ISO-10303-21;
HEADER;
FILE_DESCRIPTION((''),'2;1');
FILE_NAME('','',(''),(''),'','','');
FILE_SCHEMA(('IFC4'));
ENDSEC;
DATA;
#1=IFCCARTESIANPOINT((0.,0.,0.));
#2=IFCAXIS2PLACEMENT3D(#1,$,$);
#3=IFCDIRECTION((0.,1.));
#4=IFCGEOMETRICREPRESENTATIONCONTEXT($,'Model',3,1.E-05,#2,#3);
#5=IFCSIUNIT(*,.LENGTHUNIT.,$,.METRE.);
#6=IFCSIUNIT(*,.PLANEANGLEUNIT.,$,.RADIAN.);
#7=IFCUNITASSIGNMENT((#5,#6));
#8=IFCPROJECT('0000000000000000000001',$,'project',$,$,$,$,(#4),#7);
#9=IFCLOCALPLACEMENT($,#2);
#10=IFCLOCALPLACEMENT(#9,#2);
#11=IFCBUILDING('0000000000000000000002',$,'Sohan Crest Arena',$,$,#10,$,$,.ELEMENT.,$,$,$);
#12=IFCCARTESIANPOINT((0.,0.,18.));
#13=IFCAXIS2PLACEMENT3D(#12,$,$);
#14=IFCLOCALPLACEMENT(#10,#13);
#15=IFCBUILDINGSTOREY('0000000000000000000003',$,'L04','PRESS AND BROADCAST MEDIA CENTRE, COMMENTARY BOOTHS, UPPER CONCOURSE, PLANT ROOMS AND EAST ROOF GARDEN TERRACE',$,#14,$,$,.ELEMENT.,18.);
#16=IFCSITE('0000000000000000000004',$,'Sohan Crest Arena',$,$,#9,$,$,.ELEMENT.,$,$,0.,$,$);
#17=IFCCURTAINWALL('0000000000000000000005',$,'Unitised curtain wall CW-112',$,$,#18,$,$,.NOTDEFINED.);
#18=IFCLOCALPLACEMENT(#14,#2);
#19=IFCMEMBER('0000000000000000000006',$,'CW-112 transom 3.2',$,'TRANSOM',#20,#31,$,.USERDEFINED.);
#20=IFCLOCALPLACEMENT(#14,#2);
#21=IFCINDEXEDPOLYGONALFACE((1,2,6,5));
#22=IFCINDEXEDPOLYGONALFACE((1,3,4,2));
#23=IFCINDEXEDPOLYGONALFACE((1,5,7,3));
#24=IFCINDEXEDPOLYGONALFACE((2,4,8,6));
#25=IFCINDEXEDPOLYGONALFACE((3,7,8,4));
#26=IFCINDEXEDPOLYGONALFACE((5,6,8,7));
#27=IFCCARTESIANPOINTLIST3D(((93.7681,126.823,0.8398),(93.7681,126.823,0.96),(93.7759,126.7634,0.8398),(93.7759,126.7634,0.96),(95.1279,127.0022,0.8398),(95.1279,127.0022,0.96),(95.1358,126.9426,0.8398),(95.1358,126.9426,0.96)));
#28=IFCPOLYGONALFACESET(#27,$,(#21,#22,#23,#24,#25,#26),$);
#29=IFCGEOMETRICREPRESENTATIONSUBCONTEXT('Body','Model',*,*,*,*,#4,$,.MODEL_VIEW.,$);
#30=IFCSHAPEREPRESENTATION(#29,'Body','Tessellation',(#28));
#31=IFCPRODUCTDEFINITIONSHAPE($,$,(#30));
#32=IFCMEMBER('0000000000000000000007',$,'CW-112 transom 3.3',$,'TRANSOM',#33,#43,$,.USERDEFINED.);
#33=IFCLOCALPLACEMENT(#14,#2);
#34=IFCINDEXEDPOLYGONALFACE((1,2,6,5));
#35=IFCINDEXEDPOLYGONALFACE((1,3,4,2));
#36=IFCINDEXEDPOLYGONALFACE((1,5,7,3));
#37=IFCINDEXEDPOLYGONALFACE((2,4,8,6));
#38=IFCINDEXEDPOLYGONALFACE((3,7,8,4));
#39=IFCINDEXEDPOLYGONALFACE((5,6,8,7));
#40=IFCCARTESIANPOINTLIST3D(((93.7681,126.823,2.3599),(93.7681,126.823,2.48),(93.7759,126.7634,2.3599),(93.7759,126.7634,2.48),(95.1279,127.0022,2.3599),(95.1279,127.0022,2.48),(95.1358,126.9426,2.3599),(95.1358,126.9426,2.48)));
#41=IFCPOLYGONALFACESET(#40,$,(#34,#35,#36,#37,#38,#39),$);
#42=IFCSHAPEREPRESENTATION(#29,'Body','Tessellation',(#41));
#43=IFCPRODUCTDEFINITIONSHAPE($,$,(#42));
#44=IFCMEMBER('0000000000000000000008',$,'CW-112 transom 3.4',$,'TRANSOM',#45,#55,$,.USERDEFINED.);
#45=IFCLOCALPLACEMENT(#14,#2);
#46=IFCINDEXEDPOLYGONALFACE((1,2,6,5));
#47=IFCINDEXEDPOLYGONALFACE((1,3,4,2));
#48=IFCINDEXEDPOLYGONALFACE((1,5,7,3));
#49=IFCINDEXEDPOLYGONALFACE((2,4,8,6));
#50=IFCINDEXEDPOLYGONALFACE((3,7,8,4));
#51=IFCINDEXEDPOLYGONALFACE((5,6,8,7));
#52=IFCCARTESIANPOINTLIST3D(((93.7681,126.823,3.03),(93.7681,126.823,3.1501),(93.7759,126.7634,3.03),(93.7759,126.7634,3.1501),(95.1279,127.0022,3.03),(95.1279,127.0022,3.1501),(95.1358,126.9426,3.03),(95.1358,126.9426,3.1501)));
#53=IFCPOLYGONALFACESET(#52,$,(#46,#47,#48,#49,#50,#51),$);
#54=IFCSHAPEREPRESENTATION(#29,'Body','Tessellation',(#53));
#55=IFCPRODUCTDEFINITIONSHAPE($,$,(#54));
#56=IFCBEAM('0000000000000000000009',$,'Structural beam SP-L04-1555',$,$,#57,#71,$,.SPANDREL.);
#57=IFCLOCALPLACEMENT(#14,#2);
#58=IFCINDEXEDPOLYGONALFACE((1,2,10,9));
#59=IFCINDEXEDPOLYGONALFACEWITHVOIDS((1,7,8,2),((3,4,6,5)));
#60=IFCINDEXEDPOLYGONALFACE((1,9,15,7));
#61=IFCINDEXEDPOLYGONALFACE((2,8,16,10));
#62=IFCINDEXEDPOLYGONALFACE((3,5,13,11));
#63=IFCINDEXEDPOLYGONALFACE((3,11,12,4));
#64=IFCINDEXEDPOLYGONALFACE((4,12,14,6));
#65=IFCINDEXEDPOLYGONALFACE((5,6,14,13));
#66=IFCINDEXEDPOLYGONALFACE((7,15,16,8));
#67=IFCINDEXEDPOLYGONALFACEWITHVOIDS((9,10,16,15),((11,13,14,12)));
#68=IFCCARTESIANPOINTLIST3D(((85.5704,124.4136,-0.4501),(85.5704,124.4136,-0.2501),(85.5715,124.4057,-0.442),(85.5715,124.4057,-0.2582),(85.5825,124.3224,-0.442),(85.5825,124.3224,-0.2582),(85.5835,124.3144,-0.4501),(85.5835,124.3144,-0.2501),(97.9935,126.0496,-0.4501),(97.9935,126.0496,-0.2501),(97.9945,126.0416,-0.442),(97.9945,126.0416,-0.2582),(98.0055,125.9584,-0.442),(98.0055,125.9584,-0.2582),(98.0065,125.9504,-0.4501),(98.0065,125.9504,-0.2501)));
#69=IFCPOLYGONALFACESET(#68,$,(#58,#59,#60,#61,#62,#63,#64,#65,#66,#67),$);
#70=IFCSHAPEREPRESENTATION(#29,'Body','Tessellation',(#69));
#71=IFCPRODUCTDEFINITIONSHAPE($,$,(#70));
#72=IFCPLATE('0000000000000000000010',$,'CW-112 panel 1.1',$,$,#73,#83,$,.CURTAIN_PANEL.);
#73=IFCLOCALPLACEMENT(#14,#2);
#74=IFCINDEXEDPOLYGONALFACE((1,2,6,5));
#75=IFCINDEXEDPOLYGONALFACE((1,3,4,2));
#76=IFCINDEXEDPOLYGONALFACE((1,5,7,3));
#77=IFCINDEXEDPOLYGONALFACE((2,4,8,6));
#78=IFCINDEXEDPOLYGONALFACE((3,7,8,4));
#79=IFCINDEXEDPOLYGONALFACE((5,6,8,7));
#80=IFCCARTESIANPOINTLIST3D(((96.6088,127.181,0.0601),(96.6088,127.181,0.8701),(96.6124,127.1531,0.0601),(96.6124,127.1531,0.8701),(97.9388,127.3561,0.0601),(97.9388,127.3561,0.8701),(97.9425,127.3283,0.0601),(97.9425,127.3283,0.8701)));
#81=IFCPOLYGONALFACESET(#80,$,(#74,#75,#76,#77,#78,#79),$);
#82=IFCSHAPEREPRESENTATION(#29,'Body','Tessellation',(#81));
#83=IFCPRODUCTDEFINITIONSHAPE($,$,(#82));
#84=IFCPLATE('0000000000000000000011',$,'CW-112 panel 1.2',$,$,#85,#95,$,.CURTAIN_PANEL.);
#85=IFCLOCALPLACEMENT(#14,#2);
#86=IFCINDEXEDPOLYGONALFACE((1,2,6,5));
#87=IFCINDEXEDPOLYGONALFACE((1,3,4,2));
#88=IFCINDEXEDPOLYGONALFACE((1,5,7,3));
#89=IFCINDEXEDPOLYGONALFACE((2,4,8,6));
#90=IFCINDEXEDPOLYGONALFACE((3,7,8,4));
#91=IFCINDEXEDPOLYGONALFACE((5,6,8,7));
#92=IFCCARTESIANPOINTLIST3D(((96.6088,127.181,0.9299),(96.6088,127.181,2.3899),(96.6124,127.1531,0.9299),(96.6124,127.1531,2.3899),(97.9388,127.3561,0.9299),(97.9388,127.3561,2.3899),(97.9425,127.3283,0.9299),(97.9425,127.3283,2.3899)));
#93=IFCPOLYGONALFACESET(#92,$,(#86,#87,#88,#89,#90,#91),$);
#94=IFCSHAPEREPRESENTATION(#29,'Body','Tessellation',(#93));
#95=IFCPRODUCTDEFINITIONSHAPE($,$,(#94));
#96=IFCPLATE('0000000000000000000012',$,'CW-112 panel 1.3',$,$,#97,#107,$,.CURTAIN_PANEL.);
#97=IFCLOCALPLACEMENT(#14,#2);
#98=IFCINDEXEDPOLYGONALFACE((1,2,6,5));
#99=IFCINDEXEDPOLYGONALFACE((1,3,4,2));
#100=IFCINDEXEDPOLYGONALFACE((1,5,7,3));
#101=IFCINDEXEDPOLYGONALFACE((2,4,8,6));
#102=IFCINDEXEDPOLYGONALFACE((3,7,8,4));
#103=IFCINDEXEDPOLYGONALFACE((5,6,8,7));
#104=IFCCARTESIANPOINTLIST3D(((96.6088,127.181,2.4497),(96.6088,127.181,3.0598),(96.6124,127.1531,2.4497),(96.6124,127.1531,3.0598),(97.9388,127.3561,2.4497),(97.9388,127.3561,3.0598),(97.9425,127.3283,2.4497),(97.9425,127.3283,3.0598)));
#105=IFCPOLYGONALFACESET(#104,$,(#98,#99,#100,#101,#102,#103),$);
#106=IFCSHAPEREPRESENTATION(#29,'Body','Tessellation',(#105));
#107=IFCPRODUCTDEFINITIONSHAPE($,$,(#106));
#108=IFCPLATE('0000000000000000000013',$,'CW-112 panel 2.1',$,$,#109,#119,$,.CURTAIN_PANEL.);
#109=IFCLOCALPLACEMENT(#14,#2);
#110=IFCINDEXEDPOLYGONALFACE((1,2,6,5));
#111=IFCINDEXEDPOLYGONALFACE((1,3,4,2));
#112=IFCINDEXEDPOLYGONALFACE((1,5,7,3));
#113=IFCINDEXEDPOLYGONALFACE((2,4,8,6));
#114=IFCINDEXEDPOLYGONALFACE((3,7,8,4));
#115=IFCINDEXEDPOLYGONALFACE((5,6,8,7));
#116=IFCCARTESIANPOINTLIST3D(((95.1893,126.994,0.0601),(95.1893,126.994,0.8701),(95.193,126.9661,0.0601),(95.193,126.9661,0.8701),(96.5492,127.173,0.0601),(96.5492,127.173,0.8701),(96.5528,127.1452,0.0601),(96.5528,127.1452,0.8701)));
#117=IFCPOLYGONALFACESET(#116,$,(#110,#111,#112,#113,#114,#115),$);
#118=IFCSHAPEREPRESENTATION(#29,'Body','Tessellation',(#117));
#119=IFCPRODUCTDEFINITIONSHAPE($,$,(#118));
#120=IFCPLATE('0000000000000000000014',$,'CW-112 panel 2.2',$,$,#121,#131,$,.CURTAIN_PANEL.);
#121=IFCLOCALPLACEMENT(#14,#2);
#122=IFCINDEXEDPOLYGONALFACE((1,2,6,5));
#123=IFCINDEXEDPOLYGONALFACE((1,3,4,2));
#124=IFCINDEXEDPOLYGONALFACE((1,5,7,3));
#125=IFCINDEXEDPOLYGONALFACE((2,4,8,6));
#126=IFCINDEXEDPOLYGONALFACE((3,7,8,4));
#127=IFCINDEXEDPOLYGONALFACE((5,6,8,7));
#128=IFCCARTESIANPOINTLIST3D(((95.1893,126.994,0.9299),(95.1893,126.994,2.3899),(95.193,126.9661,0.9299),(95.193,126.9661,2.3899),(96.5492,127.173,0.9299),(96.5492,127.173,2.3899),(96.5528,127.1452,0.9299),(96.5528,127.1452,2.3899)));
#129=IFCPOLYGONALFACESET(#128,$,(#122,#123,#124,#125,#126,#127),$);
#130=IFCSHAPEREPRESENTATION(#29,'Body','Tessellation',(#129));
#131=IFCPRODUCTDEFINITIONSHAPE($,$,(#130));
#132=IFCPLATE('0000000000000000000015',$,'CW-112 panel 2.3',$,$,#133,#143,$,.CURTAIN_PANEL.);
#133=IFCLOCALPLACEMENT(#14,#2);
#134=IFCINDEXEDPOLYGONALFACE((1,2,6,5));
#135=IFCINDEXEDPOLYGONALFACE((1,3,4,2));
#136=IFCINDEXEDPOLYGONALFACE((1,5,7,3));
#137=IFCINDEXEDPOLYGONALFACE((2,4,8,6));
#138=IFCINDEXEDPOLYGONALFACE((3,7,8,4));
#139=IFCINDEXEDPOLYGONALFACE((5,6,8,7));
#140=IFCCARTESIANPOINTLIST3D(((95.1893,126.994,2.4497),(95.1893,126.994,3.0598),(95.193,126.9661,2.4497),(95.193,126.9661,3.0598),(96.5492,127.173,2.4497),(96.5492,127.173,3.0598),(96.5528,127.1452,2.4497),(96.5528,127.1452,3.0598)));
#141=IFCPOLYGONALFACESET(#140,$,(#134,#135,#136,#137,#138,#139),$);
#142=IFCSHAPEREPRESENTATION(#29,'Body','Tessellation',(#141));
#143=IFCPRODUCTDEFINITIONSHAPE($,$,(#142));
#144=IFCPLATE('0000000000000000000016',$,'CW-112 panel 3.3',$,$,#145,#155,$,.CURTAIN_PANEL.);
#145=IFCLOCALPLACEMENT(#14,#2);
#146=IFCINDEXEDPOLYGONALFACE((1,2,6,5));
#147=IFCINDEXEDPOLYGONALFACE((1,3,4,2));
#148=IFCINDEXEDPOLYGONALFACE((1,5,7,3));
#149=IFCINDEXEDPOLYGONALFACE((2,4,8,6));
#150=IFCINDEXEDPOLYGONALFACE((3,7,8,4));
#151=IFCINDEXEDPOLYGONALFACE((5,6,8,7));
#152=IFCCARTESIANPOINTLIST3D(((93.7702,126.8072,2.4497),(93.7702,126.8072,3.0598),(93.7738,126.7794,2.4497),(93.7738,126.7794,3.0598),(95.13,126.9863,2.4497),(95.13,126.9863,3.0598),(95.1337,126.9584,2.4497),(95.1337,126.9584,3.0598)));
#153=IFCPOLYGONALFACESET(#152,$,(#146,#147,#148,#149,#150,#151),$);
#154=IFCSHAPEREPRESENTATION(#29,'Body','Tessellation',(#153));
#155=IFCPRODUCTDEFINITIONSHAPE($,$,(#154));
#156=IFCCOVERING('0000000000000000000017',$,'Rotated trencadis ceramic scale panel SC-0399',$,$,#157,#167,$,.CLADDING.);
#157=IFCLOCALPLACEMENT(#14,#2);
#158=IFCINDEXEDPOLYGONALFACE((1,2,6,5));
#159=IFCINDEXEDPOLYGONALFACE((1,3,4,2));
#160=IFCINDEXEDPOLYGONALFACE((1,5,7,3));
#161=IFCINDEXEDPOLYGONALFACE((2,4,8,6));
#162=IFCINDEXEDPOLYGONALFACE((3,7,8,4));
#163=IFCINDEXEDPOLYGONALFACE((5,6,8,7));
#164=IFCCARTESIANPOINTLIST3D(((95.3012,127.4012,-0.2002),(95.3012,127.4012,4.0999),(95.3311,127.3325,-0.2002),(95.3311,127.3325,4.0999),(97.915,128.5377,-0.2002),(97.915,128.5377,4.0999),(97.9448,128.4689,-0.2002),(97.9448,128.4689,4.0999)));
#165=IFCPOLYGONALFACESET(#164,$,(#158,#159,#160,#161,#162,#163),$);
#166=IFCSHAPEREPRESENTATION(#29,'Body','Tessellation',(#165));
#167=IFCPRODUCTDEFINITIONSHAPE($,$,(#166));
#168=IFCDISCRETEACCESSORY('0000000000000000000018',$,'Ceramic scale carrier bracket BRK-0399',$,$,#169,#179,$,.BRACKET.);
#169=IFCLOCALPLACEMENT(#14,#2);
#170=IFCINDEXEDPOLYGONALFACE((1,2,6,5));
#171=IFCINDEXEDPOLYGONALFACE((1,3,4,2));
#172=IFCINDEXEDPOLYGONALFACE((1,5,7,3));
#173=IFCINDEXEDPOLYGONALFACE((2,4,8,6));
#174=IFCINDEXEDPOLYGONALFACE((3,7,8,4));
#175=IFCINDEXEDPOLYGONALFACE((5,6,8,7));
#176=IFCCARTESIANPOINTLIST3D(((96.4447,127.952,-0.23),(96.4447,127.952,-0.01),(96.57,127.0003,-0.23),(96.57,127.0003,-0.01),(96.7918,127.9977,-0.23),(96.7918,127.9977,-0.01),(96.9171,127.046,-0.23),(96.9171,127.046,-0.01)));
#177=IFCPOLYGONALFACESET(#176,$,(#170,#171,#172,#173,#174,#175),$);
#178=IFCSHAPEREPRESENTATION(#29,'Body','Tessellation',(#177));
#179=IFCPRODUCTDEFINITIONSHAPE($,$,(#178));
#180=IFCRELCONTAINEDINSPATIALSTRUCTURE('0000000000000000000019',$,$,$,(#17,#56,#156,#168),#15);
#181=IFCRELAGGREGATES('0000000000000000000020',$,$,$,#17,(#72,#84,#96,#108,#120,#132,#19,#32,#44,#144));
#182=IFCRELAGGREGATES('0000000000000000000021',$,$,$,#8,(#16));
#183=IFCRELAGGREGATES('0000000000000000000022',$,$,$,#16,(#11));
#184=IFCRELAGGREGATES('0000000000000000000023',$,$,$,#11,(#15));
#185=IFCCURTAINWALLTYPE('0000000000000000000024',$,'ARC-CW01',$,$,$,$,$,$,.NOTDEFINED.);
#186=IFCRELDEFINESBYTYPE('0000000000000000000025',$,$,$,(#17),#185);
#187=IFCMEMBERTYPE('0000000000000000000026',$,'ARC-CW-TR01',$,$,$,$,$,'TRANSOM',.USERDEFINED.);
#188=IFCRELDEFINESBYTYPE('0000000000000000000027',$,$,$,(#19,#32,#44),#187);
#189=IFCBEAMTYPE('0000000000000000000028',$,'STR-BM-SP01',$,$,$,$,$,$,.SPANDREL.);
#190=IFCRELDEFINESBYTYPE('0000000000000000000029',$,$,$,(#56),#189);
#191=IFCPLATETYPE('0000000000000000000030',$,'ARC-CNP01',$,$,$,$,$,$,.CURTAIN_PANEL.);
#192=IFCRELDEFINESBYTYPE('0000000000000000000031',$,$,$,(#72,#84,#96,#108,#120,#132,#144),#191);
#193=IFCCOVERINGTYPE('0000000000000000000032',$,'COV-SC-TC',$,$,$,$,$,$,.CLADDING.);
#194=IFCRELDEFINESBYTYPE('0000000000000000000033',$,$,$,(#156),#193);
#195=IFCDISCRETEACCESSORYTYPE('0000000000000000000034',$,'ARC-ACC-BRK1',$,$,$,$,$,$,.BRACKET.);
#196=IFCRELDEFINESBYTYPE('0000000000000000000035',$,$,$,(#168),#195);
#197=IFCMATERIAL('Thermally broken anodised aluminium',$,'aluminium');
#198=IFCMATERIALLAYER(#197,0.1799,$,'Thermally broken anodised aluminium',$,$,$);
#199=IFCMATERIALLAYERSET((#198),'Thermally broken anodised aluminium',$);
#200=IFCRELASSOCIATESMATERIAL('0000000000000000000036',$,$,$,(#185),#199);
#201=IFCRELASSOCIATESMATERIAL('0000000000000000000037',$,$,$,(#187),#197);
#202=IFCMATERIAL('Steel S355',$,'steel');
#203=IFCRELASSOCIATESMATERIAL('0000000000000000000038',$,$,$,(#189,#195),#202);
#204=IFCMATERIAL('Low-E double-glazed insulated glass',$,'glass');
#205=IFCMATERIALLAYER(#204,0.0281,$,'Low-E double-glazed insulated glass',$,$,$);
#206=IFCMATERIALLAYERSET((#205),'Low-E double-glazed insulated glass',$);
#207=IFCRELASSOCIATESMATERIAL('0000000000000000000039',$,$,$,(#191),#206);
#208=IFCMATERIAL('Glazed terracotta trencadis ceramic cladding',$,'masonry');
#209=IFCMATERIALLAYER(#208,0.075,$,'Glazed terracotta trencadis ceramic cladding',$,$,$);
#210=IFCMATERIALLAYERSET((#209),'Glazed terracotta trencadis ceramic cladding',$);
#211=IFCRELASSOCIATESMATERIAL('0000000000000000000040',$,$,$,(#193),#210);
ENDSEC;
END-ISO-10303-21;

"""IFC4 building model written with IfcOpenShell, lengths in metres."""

from ifc_helpers import new_model, si_unit, direction, frame, origin, origin_2d, place, context, subcontext, project, spatial, rectangle, hollow_rectangle, extrude, material, layer, layer_set, material_profile, profile_set, type_object, element, aggregate, save


model = new_model("IFC4")

# Units and contexts
model_context = context("Model", 3, precision=1e-05, world=origin(), true_north=direction((0.0, 1.0)))
body_context = subcontext(model_context, "Body", "Model", "MODEL_VIEW")
ifc_project = project(units=[si_unit("LENGTHUNIT", "METRE"), si_unit("PLANEANGLEUNIT", "RADIAN")], contexts=[model_context])

# Site, building, storey
site_placement = place(None, origin())
site = spatial("IfcSite", under=ifc_project, at=site_placement, Name="Sohan Crest Arena", CompositionType="ELEMENT", RefElevation=0.0)
building_placement = place(site_placement, origin())
building = spatial("IfcBuilding", under=site, at=building_placement, Name="Sohan Crest Arena", CompositionType="ELEMENT")
storey_placement = place(building_placement, frame((0.0, 0.0, 18.0)))
storey = spatial("IfcBuildingStorey", under=building, at=storey_placement, Name="L04", Description="PRESS AND BROADCAST MEDIA CENTRE, COMMENTARY BOOTHS, UPPER CONCOURSE, PLANT ROOMS AND EAST ROOF GARDEN TERRACE", CompositionType="ELEMENT", Elevation=18.0)

# Shared definitions
ifc_material_1 = material(Name="Steel S355", Category="steel")

# Curtain wall, members
ifc_material_2 = material(Name="Thermally broken anodised aluminium", Category="aluminium")
ifc_layer_1 = layer(ifc_material_2, 0.1799, Name="Thermally broken anodised aluminium")
ifc_layer_set_1 = layer_set([ifc_layer_1], Name="Thermally broken anodised aluminium")
curtain_wall_type = type_object("IfcCurtainWallType", Name="ARC-CW01", PredefinedType="NOTDEFINED", material=ifc_layer_set_1)
curtain_wall_placement = place(storey_placement, origin())
curtain_wall = element("IfcCurtainWall", 1, at=curtain_wall_placement, inside=storey, type_object=curtain_wall_type, Name="Unitised curtain wall CW-112", PredefinedType="NOTDEFINED")
ifc_material_profile_1 = material_profile(ifc_material_2, rectangle(XDim=0.0601, YDim=0.1201, at=origin_2d()), Name="ALU-TRAN 60x120")
ifc_profile_set_1 = profile_set([ifc_material_profile_1], Name="Thermally broken anodised aluminium")
member_type_1 = type_object("IfcMemberType", Name="ARC-CW-TR01", ElementType="TRANSOM", PredefinedType="USERDEFINED", material=ifc_profile_set_1)
member_1_placement = place(storey_placement, frame((95.1318, 126.9724, 0.8999), z_axis=(-0.991429, -0.130648, 0.0), x_axis=(0.130648, -0.991429, 0.0)))
member_1 = element("IfcMember", 2, at=member_1_placement, type_object=member_type_1, Name="CW-112 transom 3.2", ObjectType="TRANSOM", PredefinedType="USERDEFINED", context=body_context, shape_type="SweptSolid", body=[
    extrude(rectangle(XDim=0.0601, YDim=0.1201, at=origin_2d()), origin(), (0.0, 0.0, 1.0), 1.3716),
])
member_2_placement = place(storey_placement, frame((95.1318, 126.9724, 2.4199), z_axis=(-0.991429, -0.130648, 0.0), x_axis=(0.130648, -0.991429, 0.0)))
member_2 = element("IfcMember", 3, at=member_2_placement, type_object=member_type_1, Name="CW-112 transom 3.3", ObjectType="TRANSOM", PredefinedType="USERDEFINED", context=body_context, shape_type="SweptSolid", body=[
    extrude(rectangle(XDim=0.0601, YDim=0.1201, at=origin_2d()), origin(), (0.0, 0.0, 1.0), 1.3716),
])
member_3_placement = place(storey_placement, frame((95.1318, 126.9724, 3.0901), z_axis=(-0.991429, -0.130648, 0.0), x_axis=(0.130648, -0.991429, 0.0)))
member_3 = element("IfcMember", 4, at=member_3_placement, type_object=member_type_1, Name="CW-112 transom 3.4", ObjectType="TRANSOM", PredefinedType="USERDEFINED", context=body_context, shape_type="SweptSolid", body=[
    extrude(rectangle(XDim=0.0601, YDim=0.1201, at=origin_2d()), origin(), (0.0, 0.0, 1.0), 1.3716),
])

# Beam
ifc_material_profile_2 = material_profile(ifc_material_1, hollow_rectangle(XDim=0.1001, YDim=0.2, WallThickness=0.0081, at=origin_2d()), Name="RHS 200x100x8")
ifc_profile_set_2 = profile_set([ifc_material_profile_2], Name="Steel S355")
beam_type = type_object("IfcBeamType", Name="STR-BM-SP01", PredefinedType="SPANDREL", material=ifc_profile_set_2)
beam_placement = place(storey_placement, frame((98.0, 126.0, -0.3501), z_axis=(-0.99144, -0.130562, 0.0), x_axis=(0.130562, -0.99144, 0.0)))
element("IfcBeam", 5, at=beam_placement, inside=storey, type_object=beam_type, Name="Structural beam SP-L04-1555", PredefinedType="SPANDREL", context=body_context, shape_type="SweptSolid", body=[
    extrude(hollow_rectangle(XDim=0.1001, YDim=0.2, WallThickness=0.0081, at=origin_2d()), origin(), (0.0, 0.0, 1.0), 12.5303),
])

# Plates
ifc_material_3 = material(Name="Low-E double-glazed insulated glass", Category="glass")
ifc_layer_2 = layer(ifc_material_3, 0.0281, Name="Low-E double-glazed insulated glass")
ifc_layer_set_2 = layer_set([ifc_layer_2], Name="Low-E double-glazed insulated glass")
plate_type = type_object("IfcPlateType", Name="ARC-CNP01", PredefinedType="CURTAIN_PANEL", material=ifc_layer_set_2)
plate_1_placement = place(storey_placement, frame((97.2756, 127.2546, 0.0601), z_axis=(0.0, 0.0, 1.0), x_axis=(-0.991441, -0.130557, 0.0)))
plate_1 = element("IfcPlate", 6, at=plate_1_placement, type_object=plate_type, Name="CW-112 panel 1.1", PredefinedType="CURTAIN_PANEL", context=body_context, shape_type="SweptSolid", body=[
    extrude(rectangle(XDim=1.3416, YDim=0.0281, at=origin_2d()), origin(), (0.0, 0.0, 1.0), 0.8101),
])
plate_2_placement = place(storey_placement, frame((97.2756, 127.2546, 0.9299), z_axis=(0.0, 0.0, 1.0), x_axis=(-0.991441, -0.130557, 0.0)))
plate_2 = element("IfcPlate", 7, at=plate_2_placement, type_object=plate_type, Name="CW-112 panel 1.2", PredefinedType="CURTAIN_PANEL", context=body_context, shape_type="SweptSolid", body=[
    extrude(rectangle(XDim=1.3416, YDim=0.0281, at=origin_2d()), origin(), (0.0, 0.0, 1.0), 1.46),
])
plate_3_placement = place(storey_placement, frame((97.2756, 127.2546, 2.4497), z_axis=(0.0, 0.0, 1.0), x_axis=(-0.991441, -0.130557, 0.0)))
plate_3 = element("IfcPlate", 8, at=plate_3_placement, type_object=plate_type, Name="CW-112 panel 1.3", PredefinedType="CURTAIN_PANEL", context=body_context, shape_type="SweptSolid", body=[
    extrude(rectangle(XDim=1.3416, YDim=0.0281, at=origin_2d()), origin(), (0.0, 0.0, 1.0), 0.6101),
])
plate_4_placement = place(storey_placement, frame((95.8711, 127.0696, 0.0601), z_axis=(0.0, 0.0, 1.0), x_axis=(-0.991441, -0.130557, 0.0)))
plate_4 = element("IfcPlate", 9, at=plate_4_placement, type_object=plate_type, Name="CW-112 panel 2.1", PredefinedType="CURTAIN_PANEL", context=body_context, shape_type="SweptSolid", body=[
    extrude(rectangle(XDim=1.3716, YDim=0.0281, at=origin_2d()), origin(), (0.0, 0.0, 1.0), 0.8101),
])
plate_5_placement = place(storey_placement, frame((95.8711, 127.0696, 0.9299), z_axis=(0.0, 0.0, 1.0), x_axis=(-0.991441, -0.130557, 0.0)))
plate_5 = element("IfcPlate", 10, at=plate_5_placement, type_object=plate_type, Name="CW-112 panel 2.2", PredefinedType="CURTAIN_PANEL", context=body_context, shape_type="SweptSolid", body=[
    extrude(rectangle(XDim=1.3716, YDim=0.0281, at=origin_2d()), origin(), (0.0, 0.0, 1.0), 1.46),
])
plate_6_placement = place(storey_placement, frame((95.8711, 127.0696, 2.4497), z_axis=(0.0, 0.0, 1.0), x_axis=(-0.991441, -0.130557, 0.0)))
plate_6 = element("IfcPlate", 11, at=plate_6_placement, type_object=plate_type, Name="CW-112 panel 2.3", PredefinedType="CURTAIN_PANEL", context=body_context, shape_type="SweptSolid", body=[
    extrude(rectangle(XDim=1.3716, YDim=0.0281, at=origin_2d()), origin(), (0.0, 0.0, 1.0), 0.6101),
])
plate_7_placement = place(storey_placement, frame((94.4519, 126.8828, 2.4497), z_axis=(0.0, 0.0, 1.0), x_axis=(-0.991441, -0.130557, 0.0)))
plate_7 = element("IfcPlate", 12, at=plate_7_placement, type_object=plate_type, Name="CW-112 panel 3.3", PredefinedType="CURTAIN_PANEL", context=body_context, shape_type="SweptSolid", body=[
    extrude(rectangle(XDim=1.3716, YDim=0.0281, at=origin_2d()), origin(), (0.0, 0.0, 1.0), 0.6101),
])
aggregate(curtain_wall, [plate_1, plate_2, plate_3, plate_4, plate_5, plate_6, member_1, member_2, member_3, plate_7])

# Covering
ifc_material_4 = material(Name="Glazed terracotta trencadis ceramic cladding", Category="masonry")
ifc_layer_3 = layer(ifc_material_4, 0.075, Name="Glazed terracotta trencadis ceramic cladding")
ifc_layer_set_3 = layer_set([ifc_layer_3], Name="Glazed terracotta trencadis ceramic cladding")
covering_type = type_object("IfcCoveringType", Name="COV-SC-TC", PredefinedType="CLADDING", material=ifc_layer_set_3)
covering_placement = place(storey_placement, frame((96.623, 127.9351, -0.2002), z_axis=(0.0, 0.0, 1.0), x_axis=(-0.91706, -0.398749, 0.0)))
element("IfcCovering", 13, at=covering_placement, inside=storey, type_object=covering_type, Name="Rotated trencadis ceramic scale panel SC-0399", PredefinedType="CLADDING", context=body_context, shape_type="SweptSolid", body=[
    extrude(rectangle(XDim=2.8501, YDim=0.075, at=origin_2d()), origin(), (0.0, 0.0, 1.0), 4.3),
])

# Discrete accessory
discrete_accessory_type = type_object("IfcDiscreteAccessoryType", Name="ARC-ACC-BRK1", PredefinedType="BRACKET", material=ifc_material_1)
discrete_accessory_placement = place(storey_placement, frame((96.6809, 127.499, -0.23), z_axis=(0.0, 0.0, 1.0), x_axis=(-0.991445, -0.130526, 0.0)))
element("IfcDiscreteAccessory", 14, at=discrete_accessory_placement, inside=storey, type_object=discrete_accessory_type, Name="Ceramic scale carrier bracket BRK-0399", PredefinedType="BRACKET", context=body_context, shape_type="SweptSolid", body=[
    extrude(rectangle(XDim=0.3501, YDim=0.96, at=origin_2d()), origin(), (0.0, 0.0, 1.0), 0.22),
])

save(model, "model.ifc")
